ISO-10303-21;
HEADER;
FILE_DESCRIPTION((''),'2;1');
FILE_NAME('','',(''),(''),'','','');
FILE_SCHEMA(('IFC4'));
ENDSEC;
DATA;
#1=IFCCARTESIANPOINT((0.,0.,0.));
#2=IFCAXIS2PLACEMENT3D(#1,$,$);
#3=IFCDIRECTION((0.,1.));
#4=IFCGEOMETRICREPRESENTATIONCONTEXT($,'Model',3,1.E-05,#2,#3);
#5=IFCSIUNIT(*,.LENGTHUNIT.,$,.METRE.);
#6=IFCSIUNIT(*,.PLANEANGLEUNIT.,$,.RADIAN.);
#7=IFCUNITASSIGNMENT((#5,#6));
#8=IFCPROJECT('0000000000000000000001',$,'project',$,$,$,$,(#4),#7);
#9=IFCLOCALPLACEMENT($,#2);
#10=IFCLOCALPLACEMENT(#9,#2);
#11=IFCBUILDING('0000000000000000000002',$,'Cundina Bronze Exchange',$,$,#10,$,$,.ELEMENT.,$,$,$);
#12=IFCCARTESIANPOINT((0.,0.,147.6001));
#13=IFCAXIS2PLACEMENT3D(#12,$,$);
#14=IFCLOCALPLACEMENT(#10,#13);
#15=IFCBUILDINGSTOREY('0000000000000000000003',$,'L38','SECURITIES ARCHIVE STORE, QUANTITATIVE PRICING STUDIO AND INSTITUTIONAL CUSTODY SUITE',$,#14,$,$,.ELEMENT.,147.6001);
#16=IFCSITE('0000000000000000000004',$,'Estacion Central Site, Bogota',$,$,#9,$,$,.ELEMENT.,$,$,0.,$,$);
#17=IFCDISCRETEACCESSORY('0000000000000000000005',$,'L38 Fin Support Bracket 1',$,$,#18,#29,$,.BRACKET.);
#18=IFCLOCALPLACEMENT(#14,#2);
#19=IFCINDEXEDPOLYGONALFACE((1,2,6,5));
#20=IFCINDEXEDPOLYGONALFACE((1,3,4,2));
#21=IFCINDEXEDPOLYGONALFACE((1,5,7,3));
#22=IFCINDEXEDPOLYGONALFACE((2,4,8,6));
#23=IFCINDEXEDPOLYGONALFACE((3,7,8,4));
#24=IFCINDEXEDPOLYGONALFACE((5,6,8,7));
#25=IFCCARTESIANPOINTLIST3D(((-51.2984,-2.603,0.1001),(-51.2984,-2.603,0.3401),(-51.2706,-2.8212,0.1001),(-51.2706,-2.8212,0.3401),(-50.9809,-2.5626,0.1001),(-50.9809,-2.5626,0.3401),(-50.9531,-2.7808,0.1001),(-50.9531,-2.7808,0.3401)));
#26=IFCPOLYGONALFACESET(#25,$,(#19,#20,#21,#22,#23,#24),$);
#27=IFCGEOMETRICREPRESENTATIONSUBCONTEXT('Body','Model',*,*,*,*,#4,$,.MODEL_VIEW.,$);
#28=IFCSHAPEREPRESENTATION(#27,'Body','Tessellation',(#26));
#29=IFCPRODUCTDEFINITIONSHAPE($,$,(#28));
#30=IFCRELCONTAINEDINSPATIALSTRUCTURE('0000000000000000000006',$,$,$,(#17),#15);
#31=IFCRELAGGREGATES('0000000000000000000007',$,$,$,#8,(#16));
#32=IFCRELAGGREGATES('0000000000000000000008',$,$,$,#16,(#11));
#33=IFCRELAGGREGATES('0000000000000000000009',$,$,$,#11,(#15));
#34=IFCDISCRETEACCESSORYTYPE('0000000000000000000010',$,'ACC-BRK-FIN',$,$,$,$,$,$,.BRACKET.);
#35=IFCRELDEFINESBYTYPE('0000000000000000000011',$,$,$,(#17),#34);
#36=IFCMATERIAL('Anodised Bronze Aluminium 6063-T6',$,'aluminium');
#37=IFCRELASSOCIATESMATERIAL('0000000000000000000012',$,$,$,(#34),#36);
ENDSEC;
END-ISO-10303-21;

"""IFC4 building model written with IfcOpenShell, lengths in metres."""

from ifc_helpers import new_model, si_unit, direction, frame, origin, origin_2d, place, context, subcontext, project, spatial, rectangle, extrude, material, type_object, element, save


model = new_model("IFC4")

# Units and contexts
model_context = context("Model", 3, precision=1e-05, world=origin(), true_north=direction((0.0, 1.0)))
body_context = subcontext(model_context, "Body", "Model", "MODEL_VIEW")
ifc_project = project(units=[si_unit("LENGTHUNIT", "METRE"), si_unit("PLANEANGLEUNIT", "RADIAN")], contexts=[model_context])

# Site, building, storey
site_placement = place(None, origin())
site = spatial("IfcSite", under=ifc_project, at=site_placement, Name="Estacion Central Site, Bogota", CompositionType="ELEMENT", RefElevation=0.0)
building_placement = place(site_placement, origin())
building = spatial("IfcBuilding", under=site, at=building_placement, Name="Cundina Bronze Exchange", CompositionType="ELEMENT")
storey_placement = place(building_placement, frame((0.0, 0.0, 147.6001)))
storey = spatial("IfcBuildingStorey", under=building, at=storey_placement, Name="L38", Description="SECURITIES ARCHIVE STORE, QUANTITATIVE PRICING STUDIO AND INSTITUTIONAL CUSTODY SUITE", CompositionType="ELEMENT", Elevation=147.6001)

# Shared definitions
ifc_material_1 = material(Name="Anodised Bronze Aluminium 6063-T6", Category="aluminium")

# Discrete accessory
discrete_accessory_type = type_object("IfcDiscreteAccessoryType", Name="ACC-BRK-FIN", PredefinedType="BRACKET", material=ifc_material_1)
discrete_accessory_placement = place(storey_placement, frame((-51.1257, -2.6919, 0.1001), z_axis=(0.0, 0.0, 1.0), x_axis=(0.126476, -0.99197, 0.0)))
element("IfcDiscreteAccessory", 1, at=discrete_accessory_placement, inside=storey, type_object=discrete_accessory_type, Name="L38 Fin Support Bracket 1", PredefinedType="BRACKET", context=body_context, shape_type="SweptSolid", body=[
    extrude(rectangle(XDim=0.22, YDim=0.3201, at=origin_2d()), origin(), (0.0, 0.0, 1.0), 0.24),
])

save(model, "model.ifc")
